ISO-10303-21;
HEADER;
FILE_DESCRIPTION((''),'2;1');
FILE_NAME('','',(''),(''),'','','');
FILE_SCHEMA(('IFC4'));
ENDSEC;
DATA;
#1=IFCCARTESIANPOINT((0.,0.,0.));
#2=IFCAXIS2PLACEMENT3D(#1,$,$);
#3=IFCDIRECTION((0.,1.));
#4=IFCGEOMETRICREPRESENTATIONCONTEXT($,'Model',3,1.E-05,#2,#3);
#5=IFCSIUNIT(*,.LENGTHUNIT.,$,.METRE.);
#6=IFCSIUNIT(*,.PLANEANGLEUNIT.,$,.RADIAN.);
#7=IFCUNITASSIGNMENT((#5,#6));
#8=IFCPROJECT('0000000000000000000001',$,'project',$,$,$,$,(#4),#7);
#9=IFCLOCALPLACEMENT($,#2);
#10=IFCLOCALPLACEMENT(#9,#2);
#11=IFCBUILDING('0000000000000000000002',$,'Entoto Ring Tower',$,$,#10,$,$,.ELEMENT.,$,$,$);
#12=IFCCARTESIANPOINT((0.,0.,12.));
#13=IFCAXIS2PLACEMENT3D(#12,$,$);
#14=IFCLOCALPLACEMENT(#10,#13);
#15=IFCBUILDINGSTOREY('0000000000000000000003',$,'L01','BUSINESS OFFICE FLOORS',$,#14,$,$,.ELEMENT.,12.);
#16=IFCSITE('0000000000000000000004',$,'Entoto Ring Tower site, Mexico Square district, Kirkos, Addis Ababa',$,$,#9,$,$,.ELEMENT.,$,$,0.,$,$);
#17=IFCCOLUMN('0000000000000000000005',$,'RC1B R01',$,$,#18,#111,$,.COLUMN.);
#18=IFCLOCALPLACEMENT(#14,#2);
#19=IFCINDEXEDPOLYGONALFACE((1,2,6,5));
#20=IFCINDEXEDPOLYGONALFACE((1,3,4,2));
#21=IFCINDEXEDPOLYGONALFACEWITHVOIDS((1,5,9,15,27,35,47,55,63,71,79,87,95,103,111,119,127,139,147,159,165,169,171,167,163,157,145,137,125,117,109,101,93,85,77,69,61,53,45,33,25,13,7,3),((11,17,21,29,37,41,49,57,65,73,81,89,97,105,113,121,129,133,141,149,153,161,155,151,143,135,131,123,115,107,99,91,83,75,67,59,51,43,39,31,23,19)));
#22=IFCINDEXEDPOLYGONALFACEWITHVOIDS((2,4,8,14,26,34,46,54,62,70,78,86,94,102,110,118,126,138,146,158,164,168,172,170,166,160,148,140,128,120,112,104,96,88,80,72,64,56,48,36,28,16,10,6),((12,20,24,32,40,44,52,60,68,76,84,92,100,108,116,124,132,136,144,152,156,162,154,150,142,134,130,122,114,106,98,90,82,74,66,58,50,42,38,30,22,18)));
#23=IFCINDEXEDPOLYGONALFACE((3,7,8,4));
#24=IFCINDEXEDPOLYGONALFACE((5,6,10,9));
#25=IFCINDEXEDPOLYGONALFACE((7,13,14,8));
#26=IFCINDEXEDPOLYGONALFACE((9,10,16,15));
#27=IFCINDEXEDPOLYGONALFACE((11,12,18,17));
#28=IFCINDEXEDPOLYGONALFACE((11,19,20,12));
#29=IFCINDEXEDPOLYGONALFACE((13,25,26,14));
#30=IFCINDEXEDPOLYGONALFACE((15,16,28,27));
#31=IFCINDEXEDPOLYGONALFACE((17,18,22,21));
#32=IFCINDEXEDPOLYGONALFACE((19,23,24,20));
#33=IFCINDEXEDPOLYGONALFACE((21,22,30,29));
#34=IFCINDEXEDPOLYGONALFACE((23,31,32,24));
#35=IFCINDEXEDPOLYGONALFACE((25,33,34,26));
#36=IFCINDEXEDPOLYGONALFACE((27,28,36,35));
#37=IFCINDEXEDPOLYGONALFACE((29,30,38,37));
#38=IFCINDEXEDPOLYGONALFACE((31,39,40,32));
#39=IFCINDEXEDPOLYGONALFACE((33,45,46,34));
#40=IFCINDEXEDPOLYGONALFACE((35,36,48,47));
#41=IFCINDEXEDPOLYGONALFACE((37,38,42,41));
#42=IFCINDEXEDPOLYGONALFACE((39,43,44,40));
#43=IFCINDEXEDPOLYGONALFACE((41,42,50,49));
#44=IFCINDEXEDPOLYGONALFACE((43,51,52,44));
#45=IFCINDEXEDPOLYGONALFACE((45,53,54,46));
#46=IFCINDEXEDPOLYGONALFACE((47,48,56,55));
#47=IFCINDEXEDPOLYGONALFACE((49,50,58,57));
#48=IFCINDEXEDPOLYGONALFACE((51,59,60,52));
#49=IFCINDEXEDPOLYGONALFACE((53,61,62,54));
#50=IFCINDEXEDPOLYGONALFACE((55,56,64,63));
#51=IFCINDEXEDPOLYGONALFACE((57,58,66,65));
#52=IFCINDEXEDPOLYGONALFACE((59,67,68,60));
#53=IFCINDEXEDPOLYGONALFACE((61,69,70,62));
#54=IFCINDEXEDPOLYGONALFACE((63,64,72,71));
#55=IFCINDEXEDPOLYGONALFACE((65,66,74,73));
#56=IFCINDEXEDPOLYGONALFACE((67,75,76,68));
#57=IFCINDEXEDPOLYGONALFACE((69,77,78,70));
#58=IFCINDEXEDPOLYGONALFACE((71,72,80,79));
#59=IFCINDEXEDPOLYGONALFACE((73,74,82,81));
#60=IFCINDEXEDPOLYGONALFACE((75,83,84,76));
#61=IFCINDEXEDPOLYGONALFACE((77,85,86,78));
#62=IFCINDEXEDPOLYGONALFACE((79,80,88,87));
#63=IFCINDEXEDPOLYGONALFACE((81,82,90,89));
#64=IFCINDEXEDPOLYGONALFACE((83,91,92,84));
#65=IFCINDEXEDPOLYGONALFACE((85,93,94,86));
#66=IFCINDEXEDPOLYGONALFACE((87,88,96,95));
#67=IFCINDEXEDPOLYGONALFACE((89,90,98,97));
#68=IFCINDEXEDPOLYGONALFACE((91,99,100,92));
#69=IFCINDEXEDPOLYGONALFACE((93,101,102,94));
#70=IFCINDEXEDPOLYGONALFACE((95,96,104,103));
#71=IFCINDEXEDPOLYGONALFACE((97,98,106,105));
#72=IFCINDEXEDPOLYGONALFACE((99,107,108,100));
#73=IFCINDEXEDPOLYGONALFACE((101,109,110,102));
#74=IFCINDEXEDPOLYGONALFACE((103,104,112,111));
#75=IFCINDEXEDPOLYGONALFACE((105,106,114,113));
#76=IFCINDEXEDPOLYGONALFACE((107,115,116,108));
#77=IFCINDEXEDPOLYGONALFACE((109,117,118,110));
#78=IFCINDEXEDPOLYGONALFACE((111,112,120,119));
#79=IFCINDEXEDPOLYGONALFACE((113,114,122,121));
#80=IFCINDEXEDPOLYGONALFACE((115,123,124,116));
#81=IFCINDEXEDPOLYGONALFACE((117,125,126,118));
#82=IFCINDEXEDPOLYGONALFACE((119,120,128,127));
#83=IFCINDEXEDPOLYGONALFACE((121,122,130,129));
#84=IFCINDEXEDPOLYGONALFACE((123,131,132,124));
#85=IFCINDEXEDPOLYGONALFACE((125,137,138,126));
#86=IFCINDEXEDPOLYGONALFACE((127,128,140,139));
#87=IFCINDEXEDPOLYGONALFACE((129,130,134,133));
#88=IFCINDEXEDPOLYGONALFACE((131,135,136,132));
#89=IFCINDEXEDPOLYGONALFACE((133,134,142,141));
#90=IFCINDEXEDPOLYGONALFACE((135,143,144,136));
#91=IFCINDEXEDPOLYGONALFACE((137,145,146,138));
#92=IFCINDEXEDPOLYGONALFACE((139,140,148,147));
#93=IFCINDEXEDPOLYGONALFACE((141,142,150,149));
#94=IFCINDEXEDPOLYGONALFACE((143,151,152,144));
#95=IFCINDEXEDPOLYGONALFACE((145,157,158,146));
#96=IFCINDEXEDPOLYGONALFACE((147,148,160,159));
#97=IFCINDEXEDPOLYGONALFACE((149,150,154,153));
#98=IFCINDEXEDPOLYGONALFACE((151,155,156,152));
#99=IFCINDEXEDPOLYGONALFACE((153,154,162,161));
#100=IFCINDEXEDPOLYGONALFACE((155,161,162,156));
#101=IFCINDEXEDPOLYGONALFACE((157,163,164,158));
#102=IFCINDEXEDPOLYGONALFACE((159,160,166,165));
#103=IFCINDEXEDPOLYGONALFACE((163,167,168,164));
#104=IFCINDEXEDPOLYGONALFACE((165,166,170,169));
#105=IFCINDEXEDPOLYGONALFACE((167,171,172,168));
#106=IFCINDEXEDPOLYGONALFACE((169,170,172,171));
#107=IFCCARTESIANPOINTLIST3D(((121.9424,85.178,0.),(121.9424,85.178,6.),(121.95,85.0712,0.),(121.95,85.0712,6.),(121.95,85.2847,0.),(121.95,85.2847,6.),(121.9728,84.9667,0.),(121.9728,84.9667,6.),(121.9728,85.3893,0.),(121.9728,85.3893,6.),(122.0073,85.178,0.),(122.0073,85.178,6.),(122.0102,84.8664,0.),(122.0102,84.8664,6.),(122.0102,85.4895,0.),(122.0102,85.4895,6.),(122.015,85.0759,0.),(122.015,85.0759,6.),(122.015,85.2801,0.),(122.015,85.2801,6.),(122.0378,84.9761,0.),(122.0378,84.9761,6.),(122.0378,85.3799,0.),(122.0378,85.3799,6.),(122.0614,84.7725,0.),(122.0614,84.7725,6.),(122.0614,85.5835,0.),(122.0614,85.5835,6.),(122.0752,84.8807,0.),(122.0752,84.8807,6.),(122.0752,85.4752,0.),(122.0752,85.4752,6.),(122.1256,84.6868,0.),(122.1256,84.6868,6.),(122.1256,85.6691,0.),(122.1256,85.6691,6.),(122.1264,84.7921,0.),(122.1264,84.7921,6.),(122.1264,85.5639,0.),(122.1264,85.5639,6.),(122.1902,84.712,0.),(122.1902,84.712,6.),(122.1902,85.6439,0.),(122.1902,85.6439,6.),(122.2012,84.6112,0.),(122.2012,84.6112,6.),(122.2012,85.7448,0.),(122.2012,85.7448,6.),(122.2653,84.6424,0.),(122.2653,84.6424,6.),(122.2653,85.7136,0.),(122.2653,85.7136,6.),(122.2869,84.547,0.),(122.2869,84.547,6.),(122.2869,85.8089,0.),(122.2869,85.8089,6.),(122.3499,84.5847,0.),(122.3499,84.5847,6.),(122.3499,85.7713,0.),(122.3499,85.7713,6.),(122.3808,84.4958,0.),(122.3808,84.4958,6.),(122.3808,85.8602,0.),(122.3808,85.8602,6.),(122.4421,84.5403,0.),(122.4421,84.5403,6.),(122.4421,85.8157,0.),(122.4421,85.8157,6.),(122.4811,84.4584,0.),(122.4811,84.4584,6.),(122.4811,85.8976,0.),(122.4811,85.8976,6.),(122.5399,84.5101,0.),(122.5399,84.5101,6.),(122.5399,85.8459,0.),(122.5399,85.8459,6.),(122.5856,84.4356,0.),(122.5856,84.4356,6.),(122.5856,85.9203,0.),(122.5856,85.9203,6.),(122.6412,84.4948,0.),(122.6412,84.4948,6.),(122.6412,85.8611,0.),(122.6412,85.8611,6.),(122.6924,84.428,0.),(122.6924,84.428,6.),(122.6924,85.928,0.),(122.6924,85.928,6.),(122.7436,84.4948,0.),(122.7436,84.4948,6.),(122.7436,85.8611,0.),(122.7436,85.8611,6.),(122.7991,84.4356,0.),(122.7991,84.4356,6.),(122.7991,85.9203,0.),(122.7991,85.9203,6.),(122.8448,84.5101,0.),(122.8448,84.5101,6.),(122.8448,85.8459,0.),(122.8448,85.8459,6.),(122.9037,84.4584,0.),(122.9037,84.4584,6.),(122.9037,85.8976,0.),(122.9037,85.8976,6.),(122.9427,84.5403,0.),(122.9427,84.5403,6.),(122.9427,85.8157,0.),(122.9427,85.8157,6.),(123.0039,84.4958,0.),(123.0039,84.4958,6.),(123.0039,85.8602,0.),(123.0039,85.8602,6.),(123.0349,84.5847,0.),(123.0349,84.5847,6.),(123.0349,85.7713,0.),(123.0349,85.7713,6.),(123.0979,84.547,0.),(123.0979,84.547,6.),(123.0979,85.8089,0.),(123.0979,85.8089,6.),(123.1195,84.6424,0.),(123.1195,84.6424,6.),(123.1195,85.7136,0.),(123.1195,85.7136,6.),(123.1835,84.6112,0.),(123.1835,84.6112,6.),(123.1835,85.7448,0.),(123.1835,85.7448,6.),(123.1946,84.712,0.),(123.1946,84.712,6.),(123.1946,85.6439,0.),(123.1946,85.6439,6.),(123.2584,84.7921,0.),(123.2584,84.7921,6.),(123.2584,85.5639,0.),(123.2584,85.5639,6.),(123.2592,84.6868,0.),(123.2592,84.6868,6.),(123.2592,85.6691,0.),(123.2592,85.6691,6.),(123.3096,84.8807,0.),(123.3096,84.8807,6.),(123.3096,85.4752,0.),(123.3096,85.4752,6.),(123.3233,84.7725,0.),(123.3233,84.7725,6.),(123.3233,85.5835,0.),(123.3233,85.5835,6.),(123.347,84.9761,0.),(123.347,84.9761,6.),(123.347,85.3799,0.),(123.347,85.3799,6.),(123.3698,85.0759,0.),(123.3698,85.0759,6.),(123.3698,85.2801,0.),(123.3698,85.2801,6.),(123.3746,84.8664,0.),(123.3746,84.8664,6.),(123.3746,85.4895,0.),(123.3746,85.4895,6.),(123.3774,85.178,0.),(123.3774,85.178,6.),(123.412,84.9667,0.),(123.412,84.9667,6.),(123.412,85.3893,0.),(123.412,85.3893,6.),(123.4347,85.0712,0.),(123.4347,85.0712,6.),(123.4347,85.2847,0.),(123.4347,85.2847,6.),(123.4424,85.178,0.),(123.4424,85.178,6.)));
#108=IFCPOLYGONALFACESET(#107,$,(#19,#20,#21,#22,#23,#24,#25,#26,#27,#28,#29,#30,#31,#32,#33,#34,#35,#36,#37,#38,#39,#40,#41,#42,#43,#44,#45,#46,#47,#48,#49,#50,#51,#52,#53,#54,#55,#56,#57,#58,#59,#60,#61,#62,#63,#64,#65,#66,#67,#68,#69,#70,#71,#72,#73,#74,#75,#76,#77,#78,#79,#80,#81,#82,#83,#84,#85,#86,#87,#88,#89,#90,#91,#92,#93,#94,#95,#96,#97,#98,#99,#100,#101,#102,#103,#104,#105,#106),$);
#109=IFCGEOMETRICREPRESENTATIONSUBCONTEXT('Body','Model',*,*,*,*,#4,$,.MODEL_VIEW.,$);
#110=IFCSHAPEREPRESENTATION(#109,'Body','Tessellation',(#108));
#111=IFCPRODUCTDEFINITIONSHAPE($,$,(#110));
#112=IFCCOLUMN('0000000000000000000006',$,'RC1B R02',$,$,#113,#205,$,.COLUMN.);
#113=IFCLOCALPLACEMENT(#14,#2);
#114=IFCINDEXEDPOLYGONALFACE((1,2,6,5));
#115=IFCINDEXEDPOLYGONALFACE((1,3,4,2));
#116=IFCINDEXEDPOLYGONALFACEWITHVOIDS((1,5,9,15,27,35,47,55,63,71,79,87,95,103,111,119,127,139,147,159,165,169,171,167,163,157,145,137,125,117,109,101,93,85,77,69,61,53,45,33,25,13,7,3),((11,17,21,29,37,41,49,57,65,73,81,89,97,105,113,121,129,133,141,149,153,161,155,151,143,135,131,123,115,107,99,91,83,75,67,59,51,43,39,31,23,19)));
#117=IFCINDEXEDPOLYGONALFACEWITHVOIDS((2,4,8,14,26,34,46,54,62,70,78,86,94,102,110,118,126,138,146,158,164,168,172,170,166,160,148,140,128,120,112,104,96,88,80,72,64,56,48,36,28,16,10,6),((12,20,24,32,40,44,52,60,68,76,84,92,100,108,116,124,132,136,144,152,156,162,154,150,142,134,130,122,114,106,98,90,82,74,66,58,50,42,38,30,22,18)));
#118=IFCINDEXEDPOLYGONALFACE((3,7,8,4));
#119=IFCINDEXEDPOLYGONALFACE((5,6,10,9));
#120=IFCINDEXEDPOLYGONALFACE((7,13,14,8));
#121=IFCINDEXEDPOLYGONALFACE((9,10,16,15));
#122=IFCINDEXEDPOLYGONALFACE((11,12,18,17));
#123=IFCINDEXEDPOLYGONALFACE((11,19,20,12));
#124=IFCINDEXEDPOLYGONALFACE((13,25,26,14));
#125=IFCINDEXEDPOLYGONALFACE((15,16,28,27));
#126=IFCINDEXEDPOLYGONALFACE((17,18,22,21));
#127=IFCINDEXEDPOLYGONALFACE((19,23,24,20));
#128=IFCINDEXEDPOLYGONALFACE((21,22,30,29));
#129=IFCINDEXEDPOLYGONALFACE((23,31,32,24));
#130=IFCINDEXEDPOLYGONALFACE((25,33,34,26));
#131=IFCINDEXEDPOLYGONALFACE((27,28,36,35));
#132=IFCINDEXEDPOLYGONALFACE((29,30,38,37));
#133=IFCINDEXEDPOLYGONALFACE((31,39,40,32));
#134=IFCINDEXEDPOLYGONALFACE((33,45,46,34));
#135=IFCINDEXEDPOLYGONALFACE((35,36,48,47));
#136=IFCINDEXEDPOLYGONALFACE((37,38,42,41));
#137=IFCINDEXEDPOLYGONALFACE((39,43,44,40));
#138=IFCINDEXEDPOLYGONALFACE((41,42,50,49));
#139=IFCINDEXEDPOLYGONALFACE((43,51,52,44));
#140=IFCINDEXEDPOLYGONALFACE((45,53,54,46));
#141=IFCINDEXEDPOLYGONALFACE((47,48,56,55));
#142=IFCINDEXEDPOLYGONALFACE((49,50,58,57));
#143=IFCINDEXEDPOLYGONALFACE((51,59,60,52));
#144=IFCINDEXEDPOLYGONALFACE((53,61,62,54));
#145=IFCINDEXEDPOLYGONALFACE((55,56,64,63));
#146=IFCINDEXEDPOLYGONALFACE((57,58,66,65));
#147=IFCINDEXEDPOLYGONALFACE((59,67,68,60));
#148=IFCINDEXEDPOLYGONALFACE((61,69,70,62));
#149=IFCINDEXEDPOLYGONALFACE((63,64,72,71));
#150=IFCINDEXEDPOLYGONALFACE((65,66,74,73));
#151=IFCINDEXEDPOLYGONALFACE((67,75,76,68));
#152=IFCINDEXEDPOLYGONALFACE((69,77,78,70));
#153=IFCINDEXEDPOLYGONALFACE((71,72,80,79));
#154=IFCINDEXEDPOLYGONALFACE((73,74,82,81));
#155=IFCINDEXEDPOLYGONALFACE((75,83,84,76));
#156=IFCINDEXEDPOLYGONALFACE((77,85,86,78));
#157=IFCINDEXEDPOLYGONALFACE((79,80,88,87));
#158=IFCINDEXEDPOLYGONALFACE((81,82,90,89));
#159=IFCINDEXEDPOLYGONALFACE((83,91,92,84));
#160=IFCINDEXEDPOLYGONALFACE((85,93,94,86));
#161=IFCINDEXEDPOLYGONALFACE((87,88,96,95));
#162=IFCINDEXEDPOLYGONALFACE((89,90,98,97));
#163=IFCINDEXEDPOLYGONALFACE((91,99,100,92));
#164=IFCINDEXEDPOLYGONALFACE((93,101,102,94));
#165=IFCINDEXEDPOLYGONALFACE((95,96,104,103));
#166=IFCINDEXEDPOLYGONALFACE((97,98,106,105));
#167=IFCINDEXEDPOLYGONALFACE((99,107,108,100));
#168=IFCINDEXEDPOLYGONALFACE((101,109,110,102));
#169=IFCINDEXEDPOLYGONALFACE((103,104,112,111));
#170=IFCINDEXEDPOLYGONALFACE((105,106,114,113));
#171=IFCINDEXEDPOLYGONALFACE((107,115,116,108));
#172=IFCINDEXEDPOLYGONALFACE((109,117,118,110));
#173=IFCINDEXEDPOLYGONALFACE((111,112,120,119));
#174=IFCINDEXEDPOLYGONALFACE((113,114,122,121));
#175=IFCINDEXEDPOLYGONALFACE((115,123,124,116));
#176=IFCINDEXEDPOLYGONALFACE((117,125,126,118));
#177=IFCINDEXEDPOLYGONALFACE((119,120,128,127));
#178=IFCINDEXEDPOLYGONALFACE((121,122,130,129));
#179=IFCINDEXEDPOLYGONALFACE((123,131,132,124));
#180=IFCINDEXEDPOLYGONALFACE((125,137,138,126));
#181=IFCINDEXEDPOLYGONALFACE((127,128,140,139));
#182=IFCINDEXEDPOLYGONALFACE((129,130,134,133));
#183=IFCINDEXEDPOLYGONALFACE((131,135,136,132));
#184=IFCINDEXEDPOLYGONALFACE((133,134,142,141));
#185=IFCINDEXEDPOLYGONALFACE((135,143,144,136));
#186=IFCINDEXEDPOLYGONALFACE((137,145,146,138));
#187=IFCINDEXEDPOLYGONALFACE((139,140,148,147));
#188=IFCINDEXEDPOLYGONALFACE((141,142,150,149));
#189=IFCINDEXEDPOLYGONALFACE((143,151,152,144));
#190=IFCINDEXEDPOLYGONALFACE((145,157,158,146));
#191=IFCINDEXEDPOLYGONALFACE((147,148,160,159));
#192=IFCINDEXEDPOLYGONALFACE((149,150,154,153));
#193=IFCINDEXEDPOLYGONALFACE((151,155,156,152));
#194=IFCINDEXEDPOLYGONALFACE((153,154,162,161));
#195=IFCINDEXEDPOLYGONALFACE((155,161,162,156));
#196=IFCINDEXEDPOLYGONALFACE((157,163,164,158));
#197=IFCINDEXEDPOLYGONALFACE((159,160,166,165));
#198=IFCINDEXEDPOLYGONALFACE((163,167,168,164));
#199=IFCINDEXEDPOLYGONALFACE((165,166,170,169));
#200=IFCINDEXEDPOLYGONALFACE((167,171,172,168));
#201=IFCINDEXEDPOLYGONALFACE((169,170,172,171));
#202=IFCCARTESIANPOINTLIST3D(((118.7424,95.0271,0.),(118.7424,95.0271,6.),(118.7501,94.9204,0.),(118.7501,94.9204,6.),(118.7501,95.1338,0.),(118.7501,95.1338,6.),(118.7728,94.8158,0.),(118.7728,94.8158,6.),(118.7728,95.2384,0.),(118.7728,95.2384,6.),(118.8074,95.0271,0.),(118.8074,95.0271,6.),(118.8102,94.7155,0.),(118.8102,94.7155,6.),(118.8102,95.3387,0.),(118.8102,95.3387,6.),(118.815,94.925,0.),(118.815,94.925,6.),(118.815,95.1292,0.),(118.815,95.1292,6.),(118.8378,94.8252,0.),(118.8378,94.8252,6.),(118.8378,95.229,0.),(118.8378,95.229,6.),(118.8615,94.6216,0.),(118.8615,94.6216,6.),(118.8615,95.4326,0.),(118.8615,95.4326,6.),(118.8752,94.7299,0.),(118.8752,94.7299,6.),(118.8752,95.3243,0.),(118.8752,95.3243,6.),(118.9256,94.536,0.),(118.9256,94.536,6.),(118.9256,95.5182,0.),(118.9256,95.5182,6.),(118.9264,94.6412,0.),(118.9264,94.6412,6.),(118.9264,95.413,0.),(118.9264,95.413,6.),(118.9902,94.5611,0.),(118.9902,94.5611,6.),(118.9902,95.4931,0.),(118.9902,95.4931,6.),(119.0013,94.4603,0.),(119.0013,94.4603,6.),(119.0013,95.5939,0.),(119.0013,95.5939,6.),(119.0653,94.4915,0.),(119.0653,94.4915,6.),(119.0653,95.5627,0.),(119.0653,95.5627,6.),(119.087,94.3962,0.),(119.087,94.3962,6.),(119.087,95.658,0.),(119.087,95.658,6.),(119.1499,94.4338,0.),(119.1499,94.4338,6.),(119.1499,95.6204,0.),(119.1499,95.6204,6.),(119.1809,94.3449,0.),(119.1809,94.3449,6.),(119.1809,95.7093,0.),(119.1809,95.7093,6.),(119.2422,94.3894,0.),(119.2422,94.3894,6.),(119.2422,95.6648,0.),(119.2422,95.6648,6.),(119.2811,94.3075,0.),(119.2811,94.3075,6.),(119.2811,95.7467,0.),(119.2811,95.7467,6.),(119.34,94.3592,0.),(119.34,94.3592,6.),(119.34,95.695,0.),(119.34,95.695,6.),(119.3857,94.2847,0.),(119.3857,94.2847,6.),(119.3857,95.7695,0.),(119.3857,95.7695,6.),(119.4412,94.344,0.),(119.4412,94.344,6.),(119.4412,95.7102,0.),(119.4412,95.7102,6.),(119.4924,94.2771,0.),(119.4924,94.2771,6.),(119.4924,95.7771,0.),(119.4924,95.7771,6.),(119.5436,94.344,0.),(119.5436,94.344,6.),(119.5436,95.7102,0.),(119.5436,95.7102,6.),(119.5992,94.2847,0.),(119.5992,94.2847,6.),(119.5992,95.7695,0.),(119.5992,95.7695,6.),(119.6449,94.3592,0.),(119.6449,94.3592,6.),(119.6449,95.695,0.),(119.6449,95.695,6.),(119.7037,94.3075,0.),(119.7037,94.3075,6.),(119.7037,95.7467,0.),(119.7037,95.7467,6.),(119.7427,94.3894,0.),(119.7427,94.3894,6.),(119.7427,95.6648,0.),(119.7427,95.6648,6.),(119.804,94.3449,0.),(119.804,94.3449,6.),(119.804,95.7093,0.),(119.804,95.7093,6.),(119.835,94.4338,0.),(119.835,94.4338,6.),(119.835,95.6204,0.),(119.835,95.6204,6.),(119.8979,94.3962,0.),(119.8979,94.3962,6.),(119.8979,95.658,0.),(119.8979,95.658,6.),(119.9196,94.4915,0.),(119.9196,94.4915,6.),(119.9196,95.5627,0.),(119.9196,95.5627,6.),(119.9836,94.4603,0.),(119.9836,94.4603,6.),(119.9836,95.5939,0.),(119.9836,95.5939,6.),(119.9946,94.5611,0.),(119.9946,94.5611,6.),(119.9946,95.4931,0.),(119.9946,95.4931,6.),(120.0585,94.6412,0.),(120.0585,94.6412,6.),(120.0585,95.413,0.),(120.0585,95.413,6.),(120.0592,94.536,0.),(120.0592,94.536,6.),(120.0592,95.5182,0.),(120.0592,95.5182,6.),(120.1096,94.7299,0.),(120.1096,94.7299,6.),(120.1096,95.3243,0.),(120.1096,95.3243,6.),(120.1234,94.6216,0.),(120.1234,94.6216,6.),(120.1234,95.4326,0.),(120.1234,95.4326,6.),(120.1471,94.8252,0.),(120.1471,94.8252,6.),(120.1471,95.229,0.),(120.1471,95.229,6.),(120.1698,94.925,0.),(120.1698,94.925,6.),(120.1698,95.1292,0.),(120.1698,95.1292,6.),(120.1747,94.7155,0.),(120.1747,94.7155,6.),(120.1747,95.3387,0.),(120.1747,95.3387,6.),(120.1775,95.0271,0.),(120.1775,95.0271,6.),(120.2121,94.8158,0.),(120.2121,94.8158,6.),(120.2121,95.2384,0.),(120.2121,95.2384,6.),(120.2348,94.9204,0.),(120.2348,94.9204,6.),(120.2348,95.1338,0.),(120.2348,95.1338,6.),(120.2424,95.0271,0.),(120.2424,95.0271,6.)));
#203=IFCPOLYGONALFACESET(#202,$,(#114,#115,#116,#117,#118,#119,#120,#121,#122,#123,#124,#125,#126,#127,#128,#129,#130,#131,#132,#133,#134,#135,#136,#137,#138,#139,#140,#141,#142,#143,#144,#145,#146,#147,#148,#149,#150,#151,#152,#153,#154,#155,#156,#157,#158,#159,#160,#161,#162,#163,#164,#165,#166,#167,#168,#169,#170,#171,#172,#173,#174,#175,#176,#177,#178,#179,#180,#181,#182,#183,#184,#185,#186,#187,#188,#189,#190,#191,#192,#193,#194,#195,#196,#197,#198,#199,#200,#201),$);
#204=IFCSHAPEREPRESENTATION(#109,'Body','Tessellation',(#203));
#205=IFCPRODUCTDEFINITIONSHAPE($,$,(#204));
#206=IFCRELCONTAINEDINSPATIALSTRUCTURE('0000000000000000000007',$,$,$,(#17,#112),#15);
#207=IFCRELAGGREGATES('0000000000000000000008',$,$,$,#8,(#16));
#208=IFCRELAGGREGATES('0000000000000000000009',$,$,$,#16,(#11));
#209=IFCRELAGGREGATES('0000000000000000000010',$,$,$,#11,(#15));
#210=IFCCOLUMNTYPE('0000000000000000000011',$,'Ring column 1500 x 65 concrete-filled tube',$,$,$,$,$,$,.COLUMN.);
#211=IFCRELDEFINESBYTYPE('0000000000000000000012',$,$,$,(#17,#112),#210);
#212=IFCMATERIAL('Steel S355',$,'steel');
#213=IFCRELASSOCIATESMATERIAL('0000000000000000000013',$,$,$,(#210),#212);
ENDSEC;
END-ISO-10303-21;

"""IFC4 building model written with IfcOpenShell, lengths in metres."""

from ifc_helpers import new_model, si_unit, direction, frame, origin, origin_2d, place, context, subcontext, project, spatial, circle, hollow_circle, extrude, material, material_profile, profile_set, type_object, element, save


model = new_model("IFC4")

# Units and contexts
model_context = context("Model", 3, precision=1e-05, world=origin(), true_north=direction((0.0, 1.0)))
body_context = subcontext(model_context, "Body", "Model", "MODEL_VIEW")
ifc_project = project(units=[si_unit("LENGTHUNIT", "METRE"), si_unit("PLANEANGLEUNIT", "RADIAN")], contexts=[model_context])

# Site, building, storey
site_placement = place(None, origin())
site = spatial("IfcSite", under=ifc_project, at=site_placement, Name="Entoto Ring Tower site, Mexico Square district, Kirkos, Addis Ababa", CompositionType="ELEMENT", RefElevation=0.0)
building_placement = place(site_placement, origin())
building = spatial("IfcBuilding", under=site, at=building_placement, Name="Entoto Ring Tower", CompositionType="ELEMENT")
storey_placement = place(building_placement, frame((0.0, 0.0, 12.0)))
storey = spatial("IfcBuildingStorey", under=building, at=storey_placement, Name="L01", Description="BUSINESS OFFICE FLOORS", CompositionType="ELEMENT", Elevation=12.0)

# Columns
ifc_material_1 = material(Name="Steel S355", Category="steel")
ifc_material_profile_1 = material_profile(ifc_material_1, hollow_circle(Radius=0.75, WallThickness=0.0649, at=origin_2d()), Name="CHS 1500 x 65")
ifc_material_2 = material(Name="Concrete C60/75", Category="concrete")
ifc_material_profile_2 = material_profile(ifc_material_2, circle(Radius=0.6851, at=origin_2d()), Name="Concrete C60/75 infill")
ifc_profile_set_1 = profile_set([ifc_material_profile_1, ifc_material_profile_2], Name="Steel S355")
column_type = type_object("IfcColumnType", Name="Ring column 1500 x 65 concrete-filled tube", PredefinedType="COLUMN", material=ifc_profile_set_1)
for number, where, z_axis, x_axis, name in (
    (1, (122.6924, 85.178, 0.0), (0.0, 0.0, 1.0), (1.0, 0.0, 0.0), "RC1B R01"),
    (2, (119.4924, 95.0271, 0.0), (0.0, 0.0, 1.0), (1.0, 0.0, 0.0), "RC1B R02"),
):
    element("IfcColumn", number, at=place(storey_placement, frame(where, z_axis=z_axis, x_axis=x_axis)), inside=storey, type_object=column_type, Name=name, PredefinedType="COLUMN", context=body_context, shape_type="SweptSolid", body=[
        extrude(hollow_circle(Radius=0.75, WallThickness=0.0649, at=origin_2d()), origin(), (0.0, 0.0, 1.0), 6.0),
    ])

save(model, "model.ifc")
